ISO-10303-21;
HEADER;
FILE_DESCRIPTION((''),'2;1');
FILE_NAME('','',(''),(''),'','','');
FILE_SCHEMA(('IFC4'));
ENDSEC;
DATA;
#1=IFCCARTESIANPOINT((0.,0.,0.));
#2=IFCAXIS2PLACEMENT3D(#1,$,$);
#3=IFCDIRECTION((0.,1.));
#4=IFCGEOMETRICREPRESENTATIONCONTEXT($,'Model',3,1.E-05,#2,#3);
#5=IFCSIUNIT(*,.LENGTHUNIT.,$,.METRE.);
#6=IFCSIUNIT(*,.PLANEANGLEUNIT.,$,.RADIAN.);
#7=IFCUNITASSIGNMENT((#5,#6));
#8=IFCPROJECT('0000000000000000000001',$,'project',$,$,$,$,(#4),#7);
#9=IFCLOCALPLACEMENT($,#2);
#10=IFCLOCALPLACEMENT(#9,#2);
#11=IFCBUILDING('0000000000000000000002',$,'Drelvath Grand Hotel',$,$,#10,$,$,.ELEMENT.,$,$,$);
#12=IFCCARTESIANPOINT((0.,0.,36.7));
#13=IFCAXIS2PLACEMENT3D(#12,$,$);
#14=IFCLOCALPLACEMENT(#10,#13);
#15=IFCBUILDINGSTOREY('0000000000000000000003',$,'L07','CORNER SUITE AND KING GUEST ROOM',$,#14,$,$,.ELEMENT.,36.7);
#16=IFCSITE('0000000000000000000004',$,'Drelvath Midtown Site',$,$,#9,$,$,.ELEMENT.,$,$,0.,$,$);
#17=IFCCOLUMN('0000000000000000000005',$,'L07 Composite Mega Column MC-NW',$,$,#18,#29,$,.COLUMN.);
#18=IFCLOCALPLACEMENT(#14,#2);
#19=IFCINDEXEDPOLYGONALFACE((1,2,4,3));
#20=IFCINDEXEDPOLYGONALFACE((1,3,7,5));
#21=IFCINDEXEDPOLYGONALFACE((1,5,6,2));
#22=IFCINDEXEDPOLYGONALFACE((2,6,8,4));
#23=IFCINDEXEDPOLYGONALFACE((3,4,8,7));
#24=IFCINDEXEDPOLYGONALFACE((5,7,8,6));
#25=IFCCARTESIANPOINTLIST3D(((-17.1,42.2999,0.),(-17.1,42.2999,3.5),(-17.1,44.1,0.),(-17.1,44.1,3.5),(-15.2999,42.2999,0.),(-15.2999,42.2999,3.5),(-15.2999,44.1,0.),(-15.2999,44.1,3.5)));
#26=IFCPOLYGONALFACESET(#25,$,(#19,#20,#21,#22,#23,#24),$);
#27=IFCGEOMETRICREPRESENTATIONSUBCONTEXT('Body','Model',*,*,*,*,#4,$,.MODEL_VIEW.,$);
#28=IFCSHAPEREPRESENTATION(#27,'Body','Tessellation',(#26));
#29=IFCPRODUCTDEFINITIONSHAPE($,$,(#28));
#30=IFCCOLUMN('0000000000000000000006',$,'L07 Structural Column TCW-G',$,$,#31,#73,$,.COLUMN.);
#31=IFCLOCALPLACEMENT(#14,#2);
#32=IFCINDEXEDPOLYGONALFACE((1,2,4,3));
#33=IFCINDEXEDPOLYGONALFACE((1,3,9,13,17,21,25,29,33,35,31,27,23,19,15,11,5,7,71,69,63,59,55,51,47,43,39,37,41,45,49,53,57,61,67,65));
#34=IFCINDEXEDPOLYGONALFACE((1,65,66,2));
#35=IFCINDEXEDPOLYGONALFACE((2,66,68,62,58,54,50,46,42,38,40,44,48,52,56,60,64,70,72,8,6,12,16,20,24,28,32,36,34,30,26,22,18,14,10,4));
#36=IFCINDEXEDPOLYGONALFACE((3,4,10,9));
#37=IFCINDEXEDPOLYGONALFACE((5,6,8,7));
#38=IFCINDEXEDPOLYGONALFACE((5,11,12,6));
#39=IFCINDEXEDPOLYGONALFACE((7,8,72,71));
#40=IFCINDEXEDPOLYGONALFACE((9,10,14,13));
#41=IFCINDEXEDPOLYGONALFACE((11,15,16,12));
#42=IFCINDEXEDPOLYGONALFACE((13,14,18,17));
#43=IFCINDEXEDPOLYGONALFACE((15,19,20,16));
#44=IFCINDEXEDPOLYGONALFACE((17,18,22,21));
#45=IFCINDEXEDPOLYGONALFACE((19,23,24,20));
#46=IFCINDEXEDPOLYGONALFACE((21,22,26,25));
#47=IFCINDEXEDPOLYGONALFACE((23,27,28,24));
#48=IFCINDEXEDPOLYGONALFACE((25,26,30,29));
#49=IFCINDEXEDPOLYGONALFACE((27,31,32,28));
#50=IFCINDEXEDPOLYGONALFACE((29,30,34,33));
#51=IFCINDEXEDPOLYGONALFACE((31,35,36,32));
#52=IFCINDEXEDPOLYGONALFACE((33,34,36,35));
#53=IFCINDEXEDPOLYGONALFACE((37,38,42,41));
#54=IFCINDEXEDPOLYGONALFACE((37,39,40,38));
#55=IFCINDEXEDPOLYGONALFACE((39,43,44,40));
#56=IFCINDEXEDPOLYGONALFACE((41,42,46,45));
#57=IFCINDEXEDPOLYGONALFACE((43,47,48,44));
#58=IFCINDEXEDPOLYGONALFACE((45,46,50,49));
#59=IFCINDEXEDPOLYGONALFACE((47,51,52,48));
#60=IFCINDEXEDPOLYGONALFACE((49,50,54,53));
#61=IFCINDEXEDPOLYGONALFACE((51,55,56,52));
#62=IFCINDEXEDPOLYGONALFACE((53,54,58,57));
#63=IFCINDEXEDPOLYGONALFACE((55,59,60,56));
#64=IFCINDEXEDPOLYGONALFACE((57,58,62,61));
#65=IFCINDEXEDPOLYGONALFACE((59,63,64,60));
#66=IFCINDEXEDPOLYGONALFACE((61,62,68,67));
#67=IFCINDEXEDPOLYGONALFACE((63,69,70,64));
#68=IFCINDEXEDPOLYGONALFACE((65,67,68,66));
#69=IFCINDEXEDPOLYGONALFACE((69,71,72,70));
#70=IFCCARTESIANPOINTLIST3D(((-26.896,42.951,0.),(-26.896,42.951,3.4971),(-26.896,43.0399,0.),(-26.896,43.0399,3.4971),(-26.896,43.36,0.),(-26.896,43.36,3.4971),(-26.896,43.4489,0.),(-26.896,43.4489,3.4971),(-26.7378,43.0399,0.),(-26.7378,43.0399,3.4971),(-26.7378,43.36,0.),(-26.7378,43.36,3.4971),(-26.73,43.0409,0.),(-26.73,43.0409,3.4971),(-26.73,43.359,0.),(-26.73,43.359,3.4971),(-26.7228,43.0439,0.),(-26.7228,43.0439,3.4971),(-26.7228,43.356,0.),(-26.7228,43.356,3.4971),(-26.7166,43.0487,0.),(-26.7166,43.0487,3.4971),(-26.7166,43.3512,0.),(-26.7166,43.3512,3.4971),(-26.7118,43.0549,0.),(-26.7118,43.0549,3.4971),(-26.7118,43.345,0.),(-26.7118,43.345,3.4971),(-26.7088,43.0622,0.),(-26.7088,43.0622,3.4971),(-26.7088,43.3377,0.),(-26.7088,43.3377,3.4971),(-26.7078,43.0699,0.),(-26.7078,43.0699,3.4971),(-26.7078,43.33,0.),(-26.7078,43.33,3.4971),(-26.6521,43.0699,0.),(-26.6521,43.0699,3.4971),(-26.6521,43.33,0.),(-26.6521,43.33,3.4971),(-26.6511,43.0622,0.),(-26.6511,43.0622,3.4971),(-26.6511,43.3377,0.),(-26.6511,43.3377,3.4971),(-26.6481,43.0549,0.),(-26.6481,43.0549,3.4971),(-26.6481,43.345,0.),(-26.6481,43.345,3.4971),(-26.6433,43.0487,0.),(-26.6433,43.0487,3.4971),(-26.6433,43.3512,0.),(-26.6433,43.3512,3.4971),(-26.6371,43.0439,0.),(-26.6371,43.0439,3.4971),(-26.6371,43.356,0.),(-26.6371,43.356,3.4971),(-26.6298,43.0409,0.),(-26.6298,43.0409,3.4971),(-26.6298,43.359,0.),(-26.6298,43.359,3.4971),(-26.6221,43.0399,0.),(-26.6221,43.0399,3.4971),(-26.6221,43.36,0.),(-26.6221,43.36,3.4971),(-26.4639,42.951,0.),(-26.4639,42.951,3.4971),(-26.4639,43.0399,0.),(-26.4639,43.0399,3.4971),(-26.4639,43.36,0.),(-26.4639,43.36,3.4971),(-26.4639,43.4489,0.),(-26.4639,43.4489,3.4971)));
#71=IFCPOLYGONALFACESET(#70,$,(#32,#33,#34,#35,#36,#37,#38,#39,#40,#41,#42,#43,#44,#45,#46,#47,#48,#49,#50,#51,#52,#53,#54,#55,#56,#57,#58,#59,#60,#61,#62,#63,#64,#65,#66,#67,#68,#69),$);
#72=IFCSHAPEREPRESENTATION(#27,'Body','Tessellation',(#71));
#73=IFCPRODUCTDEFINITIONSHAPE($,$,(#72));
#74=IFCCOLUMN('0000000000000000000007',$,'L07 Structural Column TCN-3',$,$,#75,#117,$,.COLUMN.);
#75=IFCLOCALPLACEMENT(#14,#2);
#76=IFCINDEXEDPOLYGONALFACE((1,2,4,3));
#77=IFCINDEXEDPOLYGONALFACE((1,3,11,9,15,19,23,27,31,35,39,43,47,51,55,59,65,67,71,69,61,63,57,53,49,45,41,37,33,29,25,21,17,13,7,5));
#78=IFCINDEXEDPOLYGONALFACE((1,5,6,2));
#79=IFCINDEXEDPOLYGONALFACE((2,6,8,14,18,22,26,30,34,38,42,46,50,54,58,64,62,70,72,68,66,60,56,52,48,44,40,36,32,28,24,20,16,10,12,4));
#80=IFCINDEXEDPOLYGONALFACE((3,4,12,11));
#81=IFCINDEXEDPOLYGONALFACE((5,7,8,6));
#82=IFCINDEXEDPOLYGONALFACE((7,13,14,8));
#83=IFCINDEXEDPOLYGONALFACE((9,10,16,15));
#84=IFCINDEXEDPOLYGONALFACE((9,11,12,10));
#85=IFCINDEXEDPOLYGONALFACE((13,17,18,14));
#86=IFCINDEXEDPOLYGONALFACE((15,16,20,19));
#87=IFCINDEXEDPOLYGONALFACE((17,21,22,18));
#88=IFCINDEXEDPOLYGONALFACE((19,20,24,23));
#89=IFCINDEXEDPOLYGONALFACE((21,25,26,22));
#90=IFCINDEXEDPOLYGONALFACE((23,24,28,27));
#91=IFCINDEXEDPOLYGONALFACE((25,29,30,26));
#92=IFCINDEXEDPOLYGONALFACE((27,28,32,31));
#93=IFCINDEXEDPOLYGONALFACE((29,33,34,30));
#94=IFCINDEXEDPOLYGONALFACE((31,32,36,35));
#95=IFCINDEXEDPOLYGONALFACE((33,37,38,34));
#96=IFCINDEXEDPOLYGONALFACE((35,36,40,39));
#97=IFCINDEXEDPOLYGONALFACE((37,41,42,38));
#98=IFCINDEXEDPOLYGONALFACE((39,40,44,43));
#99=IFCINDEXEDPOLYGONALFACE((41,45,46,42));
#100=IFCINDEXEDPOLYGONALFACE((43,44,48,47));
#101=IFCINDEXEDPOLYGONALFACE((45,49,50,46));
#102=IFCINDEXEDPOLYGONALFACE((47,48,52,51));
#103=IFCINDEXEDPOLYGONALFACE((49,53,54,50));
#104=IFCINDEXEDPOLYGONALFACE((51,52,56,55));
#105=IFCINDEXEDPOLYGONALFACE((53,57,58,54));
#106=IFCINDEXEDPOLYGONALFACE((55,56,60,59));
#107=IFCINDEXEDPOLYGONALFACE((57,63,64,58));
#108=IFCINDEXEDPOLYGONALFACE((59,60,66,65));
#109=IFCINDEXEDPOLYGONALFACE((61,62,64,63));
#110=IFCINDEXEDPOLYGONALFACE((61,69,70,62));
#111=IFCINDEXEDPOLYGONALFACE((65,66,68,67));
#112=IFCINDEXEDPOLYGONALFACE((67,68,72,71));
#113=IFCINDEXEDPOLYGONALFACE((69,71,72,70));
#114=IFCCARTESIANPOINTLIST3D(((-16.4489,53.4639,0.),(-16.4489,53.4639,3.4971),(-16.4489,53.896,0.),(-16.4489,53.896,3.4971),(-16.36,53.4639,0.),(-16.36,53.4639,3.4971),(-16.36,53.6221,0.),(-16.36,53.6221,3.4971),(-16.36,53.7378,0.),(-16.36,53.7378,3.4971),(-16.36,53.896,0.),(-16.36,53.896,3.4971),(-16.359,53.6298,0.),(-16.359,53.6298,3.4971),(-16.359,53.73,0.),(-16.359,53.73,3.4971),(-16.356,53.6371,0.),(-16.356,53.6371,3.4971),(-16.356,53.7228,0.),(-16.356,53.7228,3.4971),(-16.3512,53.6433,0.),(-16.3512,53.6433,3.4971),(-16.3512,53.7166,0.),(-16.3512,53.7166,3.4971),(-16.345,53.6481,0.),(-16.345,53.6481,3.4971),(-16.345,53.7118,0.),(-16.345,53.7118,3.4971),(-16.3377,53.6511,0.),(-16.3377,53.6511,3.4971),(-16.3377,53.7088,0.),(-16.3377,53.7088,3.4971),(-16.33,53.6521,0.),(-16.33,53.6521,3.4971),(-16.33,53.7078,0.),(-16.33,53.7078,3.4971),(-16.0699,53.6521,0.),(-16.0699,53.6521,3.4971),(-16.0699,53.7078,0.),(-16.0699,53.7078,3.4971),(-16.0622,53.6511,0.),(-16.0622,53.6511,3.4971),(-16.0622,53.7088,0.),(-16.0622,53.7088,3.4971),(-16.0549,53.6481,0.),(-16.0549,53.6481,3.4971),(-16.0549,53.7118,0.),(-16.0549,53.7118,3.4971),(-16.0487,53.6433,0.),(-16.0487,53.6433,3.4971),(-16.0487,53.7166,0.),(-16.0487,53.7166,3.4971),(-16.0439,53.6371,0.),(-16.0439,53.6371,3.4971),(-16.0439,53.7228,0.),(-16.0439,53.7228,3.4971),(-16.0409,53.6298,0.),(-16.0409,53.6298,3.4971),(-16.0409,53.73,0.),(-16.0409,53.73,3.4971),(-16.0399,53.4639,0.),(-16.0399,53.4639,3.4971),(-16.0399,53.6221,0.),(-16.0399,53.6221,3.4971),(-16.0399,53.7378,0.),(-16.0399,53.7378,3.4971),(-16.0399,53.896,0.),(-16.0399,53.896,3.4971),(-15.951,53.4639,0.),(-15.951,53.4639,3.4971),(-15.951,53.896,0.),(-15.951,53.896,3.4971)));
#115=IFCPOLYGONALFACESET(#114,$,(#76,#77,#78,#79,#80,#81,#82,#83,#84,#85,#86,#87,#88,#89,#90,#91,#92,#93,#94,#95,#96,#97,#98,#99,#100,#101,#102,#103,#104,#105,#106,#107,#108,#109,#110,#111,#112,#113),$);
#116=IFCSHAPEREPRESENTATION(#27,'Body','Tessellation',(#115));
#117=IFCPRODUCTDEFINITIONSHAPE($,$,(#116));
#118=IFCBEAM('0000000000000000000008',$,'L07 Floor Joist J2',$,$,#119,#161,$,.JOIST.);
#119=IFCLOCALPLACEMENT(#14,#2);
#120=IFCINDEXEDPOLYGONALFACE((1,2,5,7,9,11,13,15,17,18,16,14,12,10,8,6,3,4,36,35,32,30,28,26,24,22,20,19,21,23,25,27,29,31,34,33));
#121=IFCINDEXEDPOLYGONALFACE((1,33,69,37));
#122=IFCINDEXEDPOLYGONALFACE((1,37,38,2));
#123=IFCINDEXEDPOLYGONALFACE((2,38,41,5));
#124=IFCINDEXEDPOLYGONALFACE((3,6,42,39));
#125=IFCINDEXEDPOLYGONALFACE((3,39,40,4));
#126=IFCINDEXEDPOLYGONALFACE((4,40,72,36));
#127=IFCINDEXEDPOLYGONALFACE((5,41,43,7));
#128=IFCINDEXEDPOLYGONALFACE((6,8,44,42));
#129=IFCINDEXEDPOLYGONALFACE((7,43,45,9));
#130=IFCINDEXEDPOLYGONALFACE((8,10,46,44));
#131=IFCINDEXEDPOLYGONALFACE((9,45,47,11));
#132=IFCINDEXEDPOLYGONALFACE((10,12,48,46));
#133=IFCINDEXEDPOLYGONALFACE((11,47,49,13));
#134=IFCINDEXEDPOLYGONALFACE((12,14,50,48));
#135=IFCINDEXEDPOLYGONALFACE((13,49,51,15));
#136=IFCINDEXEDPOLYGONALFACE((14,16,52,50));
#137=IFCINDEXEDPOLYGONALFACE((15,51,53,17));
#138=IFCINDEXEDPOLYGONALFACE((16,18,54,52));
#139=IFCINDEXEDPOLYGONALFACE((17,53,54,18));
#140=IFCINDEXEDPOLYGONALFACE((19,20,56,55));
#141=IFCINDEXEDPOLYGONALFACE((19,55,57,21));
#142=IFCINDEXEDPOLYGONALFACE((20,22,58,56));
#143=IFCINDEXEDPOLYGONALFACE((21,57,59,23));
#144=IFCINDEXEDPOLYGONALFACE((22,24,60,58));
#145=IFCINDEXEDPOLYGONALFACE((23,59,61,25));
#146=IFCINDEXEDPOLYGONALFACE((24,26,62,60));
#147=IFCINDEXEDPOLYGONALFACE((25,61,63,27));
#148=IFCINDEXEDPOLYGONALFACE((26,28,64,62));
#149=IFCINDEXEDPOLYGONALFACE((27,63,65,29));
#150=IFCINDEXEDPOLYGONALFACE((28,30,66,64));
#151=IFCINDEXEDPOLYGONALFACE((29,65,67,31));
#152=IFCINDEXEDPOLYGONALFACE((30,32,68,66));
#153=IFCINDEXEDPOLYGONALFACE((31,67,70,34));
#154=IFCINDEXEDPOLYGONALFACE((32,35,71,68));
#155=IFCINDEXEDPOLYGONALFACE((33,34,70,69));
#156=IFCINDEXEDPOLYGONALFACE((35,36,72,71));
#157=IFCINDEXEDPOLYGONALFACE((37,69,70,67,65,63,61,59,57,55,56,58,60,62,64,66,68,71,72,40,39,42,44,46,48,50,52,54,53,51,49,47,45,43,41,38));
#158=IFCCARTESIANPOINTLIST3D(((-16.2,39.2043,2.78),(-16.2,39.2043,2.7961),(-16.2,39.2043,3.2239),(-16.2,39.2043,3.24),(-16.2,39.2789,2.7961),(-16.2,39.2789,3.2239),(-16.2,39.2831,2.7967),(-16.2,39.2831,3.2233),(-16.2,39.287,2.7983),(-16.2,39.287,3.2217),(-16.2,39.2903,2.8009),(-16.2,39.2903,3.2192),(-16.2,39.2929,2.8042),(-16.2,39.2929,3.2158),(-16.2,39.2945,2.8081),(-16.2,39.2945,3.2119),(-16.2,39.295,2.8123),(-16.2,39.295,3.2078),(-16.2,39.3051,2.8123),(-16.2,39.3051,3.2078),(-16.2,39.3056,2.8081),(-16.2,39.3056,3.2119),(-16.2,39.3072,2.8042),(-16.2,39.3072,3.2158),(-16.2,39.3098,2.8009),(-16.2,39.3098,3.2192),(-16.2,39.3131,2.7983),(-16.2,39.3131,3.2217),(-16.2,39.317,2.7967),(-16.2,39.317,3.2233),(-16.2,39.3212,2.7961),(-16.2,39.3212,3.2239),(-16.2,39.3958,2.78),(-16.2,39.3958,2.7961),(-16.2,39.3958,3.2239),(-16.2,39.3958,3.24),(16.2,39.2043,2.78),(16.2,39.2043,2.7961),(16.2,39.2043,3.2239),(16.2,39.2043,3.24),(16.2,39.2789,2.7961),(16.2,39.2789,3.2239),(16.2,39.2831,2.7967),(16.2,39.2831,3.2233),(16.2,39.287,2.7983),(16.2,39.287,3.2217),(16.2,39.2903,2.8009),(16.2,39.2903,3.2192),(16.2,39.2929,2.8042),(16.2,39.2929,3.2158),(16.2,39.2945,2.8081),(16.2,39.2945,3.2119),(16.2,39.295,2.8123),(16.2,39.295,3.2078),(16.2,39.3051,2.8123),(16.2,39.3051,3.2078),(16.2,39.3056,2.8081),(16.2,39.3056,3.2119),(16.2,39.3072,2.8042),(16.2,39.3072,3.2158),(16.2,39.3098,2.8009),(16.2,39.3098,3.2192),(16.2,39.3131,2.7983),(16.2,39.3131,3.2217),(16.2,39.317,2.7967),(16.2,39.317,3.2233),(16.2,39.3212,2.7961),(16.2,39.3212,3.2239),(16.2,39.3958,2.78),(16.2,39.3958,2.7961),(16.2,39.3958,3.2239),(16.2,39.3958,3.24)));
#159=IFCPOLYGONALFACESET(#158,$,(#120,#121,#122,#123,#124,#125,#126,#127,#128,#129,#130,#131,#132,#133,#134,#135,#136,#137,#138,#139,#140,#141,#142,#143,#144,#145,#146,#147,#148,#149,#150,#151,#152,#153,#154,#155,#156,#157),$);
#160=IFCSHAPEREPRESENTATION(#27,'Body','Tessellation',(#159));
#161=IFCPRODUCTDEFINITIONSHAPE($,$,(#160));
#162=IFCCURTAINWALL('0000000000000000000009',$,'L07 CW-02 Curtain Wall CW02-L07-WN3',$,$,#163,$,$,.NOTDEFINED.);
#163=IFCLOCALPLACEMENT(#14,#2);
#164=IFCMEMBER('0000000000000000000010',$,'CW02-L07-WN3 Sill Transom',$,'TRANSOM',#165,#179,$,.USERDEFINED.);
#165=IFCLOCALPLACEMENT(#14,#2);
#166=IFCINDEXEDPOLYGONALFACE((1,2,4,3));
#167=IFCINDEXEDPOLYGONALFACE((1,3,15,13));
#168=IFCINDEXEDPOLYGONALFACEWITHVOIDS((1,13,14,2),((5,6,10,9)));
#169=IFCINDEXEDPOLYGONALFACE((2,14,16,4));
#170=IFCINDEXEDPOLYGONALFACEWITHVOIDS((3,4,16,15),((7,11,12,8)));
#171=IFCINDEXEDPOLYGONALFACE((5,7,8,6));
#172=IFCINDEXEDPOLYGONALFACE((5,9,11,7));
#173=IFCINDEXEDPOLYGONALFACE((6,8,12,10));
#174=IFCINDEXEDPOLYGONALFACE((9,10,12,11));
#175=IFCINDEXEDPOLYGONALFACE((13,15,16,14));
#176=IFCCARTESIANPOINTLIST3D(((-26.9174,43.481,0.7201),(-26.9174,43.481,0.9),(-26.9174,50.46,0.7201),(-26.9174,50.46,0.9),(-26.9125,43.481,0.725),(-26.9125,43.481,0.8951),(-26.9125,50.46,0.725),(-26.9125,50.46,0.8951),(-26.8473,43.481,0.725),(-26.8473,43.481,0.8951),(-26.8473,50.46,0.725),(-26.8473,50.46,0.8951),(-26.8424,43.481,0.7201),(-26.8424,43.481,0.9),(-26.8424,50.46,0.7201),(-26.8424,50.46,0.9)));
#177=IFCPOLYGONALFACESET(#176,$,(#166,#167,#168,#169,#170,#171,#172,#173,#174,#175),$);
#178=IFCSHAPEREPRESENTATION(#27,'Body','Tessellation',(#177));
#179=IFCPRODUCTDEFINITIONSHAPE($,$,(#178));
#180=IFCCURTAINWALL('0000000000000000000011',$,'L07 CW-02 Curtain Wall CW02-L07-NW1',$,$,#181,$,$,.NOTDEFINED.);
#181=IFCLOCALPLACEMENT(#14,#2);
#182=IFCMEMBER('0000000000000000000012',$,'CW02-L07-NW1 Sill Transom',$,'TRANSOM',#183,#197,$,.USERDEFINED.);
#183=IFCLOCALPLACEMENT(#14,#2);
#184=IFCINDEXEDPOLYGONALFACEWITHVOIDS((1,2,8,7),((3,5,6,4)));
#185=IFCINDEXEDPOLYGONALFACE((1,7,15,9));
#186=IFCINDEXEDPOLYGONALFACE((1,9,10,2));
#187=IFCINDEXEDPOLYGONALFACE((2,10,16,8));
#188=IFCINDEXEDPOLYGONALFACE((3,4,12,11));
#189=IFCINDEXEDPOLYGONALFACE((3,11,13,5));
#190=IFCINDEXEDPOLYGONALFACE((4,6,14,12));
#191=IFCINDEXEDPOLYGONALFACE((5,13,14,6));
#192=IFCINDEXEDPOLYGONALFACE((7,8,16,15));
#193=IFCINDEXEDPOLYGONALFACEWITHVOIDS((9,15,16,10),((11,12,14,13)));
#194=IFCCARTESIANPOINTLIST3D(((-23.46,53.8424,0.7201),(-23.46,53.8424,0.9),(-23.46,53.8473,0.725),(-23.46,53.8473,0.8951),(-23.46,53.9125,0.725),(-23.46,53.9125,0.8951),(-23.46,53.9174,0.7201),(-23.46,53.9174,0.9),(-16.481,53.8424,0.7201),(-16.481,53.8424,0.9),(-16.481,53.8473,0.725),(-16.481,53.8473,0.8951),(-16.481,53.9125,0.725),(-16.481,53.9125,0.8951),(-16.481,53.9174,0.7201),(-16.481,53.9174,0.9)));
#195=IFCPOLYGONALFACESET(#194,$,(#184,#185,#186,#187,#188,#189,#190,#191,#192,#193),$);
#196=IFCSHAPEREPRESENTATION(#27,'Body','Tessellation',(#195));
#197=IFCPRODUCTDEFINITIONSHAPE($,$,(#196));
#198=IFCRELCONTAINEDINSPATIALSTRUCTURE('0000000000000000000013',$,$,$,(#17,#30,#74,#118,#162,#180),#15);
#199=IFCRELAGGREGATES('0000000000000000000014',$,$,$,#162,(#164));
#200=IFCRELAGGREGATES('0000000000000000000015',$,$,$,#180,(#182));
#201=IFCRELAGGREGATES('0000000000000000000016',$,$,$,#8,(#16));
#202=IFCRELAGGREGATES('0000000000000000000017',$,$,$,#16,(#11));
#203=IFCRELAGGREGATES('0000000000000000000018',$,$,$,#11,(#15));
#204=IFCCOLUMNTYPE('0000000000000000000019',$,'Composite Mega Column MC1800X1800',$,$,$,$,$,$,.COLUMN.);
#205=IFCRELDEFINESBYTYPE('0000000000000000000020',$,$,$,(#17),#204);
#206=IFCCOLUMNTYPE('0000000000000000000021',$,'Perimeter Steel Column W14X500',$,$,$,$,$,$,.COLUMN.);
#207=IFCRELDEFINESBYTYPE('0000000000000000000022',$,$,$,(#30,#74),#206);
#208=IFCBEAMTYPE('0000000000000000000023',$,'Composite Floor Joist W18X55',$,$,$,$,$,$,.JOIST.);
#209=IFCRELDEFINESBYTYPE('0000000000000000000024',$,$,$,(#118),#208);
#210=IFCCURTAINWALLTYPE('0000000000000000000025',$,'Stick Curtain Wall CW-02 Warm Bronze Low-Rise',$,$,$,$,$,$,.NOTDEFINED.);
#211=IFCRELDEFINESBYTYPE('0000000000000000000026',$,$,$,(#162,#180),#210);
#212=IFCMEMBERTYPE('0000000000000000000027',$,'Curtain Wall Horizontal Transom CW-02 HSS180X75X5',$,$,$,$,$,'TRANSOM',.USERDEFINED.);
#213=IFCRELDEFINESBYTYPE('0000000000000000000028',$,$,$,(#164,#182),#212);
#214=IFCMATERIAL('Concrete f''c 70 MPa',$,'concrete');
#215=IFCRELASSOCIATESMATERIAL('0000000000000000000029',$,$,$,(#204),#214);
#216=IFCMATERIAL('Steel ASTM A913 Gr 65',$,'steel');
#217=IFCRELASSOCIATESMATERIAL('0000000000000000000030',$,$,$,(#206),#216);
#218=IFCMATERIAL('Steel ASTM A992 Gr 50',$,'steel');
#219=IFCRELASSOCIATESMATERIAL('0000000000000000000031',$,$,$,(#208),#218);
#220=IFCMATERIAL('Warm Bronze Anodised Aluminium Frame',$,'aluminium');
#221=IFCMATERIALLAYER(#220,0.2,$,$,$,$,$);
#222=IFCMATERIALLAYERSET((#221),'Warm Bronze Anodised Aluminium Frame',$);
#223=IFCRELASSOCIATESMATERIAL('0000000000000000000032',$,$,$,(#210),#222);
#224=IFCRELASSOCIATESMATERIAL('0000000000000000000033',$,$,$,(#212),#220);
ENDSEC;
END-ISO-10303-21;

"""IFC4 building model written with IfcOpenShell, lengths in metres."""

from ifc_helpers import new_model, si_unit, direction, frame, origin, origin_2d, place, context, subcontext, project, spatial, rectangle, hollow_rectangle, i_section, extrude, material, layer, layer_set, material_profile, profile_set, type_object, element, aggregate, save


model = new_model("IFC4")

# Units and contexts
model_context = context("Model", 3, precision=1e-05, world=origin(), true_north=direction((0.0, 1.0)))
body_context = subcontext(model_context, "Body", "Model", "MODEL_VIEW")
ifc_project = project(units=[si_unit("LENGTHUNIT", "METRE"), si_unit("PLANEANGLEUNIT", "RADIAN")], contexts=[model_context])

# Site, building, storey
site_placement = place(None, origin())
site = spatial("IfcSite", under=ifc_project, at=site_placement, Name="Drelvath Midtown Site", CompositionType="ELEMENT", RefElevation=0.0)
building_placement = place(site_placement, origin())
building = spatial("IfcBuilding", under=site, at=building_placement, Name="Drelvath Grand Hotel", CompositionType="ELEMENT")
storey_placement = place(building_placement, frame((0.0, 0.0, 36.7)))
storey = spatial("IfcBuildingStorey", under=building, at=storey_placement, Name="L07", Description="CORNER SUITE AND KING GUEST ROOM", CompositionType="ELEMENT", Elevation=36.7)

# Columns
ifc_material_1 = material(Name="Concrete f'c 70 MPa", Category="concrete")
ifc_material_profile_1 = material_profile(ifc_material_1, rectangle(XDim=1.8, YDim=1.8, at=origin_2d()), Name="MC1800X1800")
ifc_profile_set_1 = profile_set([ifc_material_profile_1], Name="Concrete f'c 70 MPa")
column_type_1 = type_object("IfcColumnType", Name="Composite Mega Column MC1800X1800", PredefinedType="COLUMN", material=ifc_profile_set_1)
column_placement = place(storey_placement, frame((-16.2, 43.2, 0.0), z_axis=(0.0, 0.0, 1.0), x_axis=(1.0, 0.0, 0.0)))
element("IfcColumn", 1, at=column_placement, inside=storey, type_object=column_type_1, Name="L07 Composite Mega Column MC-NW", PredefinedType="COLUMN", context=body_context, shape_type="SweptSolid", body=[
    extrude(rectangle(XDim=1.8, YDim=1.8, at=origin_2d()), origin(), (0.0, 0.0, 1.0), 3.5),
])
ifc_material_2 = material(Name="Steel ASTM A913 Gr 65", Category="steel")
ifc_material_profile_2 = material_profile(ifc_material_2, i_section(OverallWidth=0.4321, OverallDepth=0.4978, WebThickness=0.0557, FlangeThickness=0.0889, FilletRadius=0.03, at=origin_2d()), Name="W14X500")
ifc_profile_set_2 = profile_set([ifc_material_profile_2], Name="Steel ASTM A913 Gr 65")
column_type_2 = type_object("IfcColumnType", Name="Perimeter Steel Column W14X500", PredefinedType="COLUMN", material=ifc_profile_set_2)
for number, where, z_axis, x_axis, name in (
    (2, (-26.6799, 43.2, 0.0), (0.0, 0.0, 1.0), (1.0, 0.0, 0.0), "L07 Structural Column TCW-G"),
    (3, (-16.2, 53.6799, 0.0), (0.0, 0.0, 1.0), (0.0, 1.0, 0.0), "L07 Structural Column TCN-3"),
):
    element("IfcColumn", number, at=place(storey_placement, frame(where, z_axis=z_axis, x_axis=x_axis)), inside=storey, type_object=column_type_2, Name=name, PredefinedType="COLUMN", context=body_context, shape_type="SweptSolid", body=[
        extrude(i_section(OverallWidth=0.4321, OverallDepth=0.4978, WebThickness=0.0557, FlangeThickness=0.0889, FilletRadius=0.03, at=origin_2d()), origin(), (0.0, 0.0, 1.0), 3.4971),
    ])

# Beam
ifc_material_3 = material(Name="Steel ASTM A992 Gr 50", Category="steel")
ifc_material_profile_3 = material_profile(ifc_material_3, i_section(OverallWidth=0.1914, OverallDepth=0.46, WebThickness=0.01, FlangeThickness=0.0161, FilletRadius=0.0161, at=origin_2d()), Name="W18X55")
ifc_profile_set_3 = profile_set([ifc_material_profile_3], Name="Steel ASTM A992 Gr 50")
beam_type_1 = type_object("IfcBeamType", Name="Composite Floor Joist W18X55", PredefinedType="JOIST", material=ifc_profile_set_3)
beam_1_placement = place(storey_placement, frame((-16.2, 39.3, 3.01), z_axis=(1.0, 0.0, 0.0), x_axis=(0.0, 1.0, 0.0)))
element("IfcBeam", 4, at=beam_1_placement, inside=storey, type_object=beam_type_1, Name="L07 Floor Joist J2", PredefinedType="JOIST", context=body_context, shape_type="SweptSolid", body=[
    extrude(i_section(OverallWidth=0.1914, OverallDepth=0.46, WebThickness=0.01, FlangeThickness=0.0161, FilletRadius=0.0161, at=origin_2d()), origin(), (0.0, 0.0, 1.0), 32.3999),
])

# Curtain walls, members
ifc_material_4 = material(Name="Warm Bronze Anodised Aluminium Frame", Category="aluminium")
ifc_layer_1 = layer(ifc_material_4, 0.2)
ifc_layer_set_1 = layer_set([ifc_layer_1], Name="Warm Bronze Anodised Aluminium Frame")
curtain_wall_type = type_object("IfcCurtainWallType", Name="Stick Curtain Wall CW-02 Warm Bronze Low-Rise", PredefinedType="NOTDEFINED", material=ifc_layer_set_1)
curtain_wall_1_placement = place(storey_placement, origin())
curtain_wall_1 = element("IfcCurtainWall", 5, at=curtain_wall_1_placement, inside=storey, type_object=curtain_wall_type, Name="L07 CW-02 Curtain Wall CW02-L07-WN3", PredefinedType="NOTDEFINED")
ifc_material_profile_4 = material_profile(ifc_material_4, hollow_rectangle(XDim=0.075, YDim=0.1799, WallThickness=0.0049, at=origin_2d()), Name="HSS180X75X5")
ifc_profile_set_4 = profile_set([ifc_material_profile_4], Name="Warm Bronze Anodised Aluminium Frame")
member_type_1 = type_object("IfcMemberType", Name="Curtain Wall Horizontal Transom CW-02 HSS180X75X5", ElementType="TRANSOM", PredefinedType="USERDEFINED", material=ifc_profile_set_4)
member_1_placement = place(storey_placement, frame((-26.8799, 43.481, 0.8101), z_axis=(0.0, 1.0, 0.0), x_axis=(-1.0, 0.0, 0.0)))
member_1 = element("IfcMember", 6, at=member_1_placement, type_object=member_type_1, Name="CW02-L07-WN3 Sill Transom", ObjectType="TRANSOM", PredefinedType="USERDEFINED", context=body_context, shape_type="SweptSolid", body=[
    extrude(hollow_rectangle(XDim=0.075, YDim=0.1799, WallThickness=0.0049, at=origin_2d()), origin(), (0.0, 0.0, 1.0), 6.979),
])
curtain_wall_2_placement = place(storey_placement, origin())
curtain_wall_2 = element("IfcCurtainWall", 7, at=curtain_wall_2_placement, inside=storey, type_object=curtain_wall_type, Name="L07 CW-02 Curtain Wall CW02-L07-NW1", PredefinedType="NOTDEFINED")
member_2_placement = place(storey_placement, frame((-23.46, 53.8799, 0.8101), z_axis=(1.0, 0.0, 0.0), x_axis=(0.0, 1.0, 0.0)))
member_2 = element("IfcMember", 8, at=member_2_placement, type_object=member_type_1, Name="CW02-L07-NW1 Sill Transom", ObjectType="TRANSOM", PredefinedType="USERDEFINED", context=body_context, shape_type="SweptSolid", body=[
    extrude(hollow_rectangle(XDim=0.075, YDim=0.1799, WallThickness=0.0049, at=origin_2d()), origin(), (0.0, 0.0, 1.0), 6.979),
])

aggregate(curtain_wall_1, [member_1])
aggregate(curtain_wall_2, [member_2])

save(model, "model.ifc")
